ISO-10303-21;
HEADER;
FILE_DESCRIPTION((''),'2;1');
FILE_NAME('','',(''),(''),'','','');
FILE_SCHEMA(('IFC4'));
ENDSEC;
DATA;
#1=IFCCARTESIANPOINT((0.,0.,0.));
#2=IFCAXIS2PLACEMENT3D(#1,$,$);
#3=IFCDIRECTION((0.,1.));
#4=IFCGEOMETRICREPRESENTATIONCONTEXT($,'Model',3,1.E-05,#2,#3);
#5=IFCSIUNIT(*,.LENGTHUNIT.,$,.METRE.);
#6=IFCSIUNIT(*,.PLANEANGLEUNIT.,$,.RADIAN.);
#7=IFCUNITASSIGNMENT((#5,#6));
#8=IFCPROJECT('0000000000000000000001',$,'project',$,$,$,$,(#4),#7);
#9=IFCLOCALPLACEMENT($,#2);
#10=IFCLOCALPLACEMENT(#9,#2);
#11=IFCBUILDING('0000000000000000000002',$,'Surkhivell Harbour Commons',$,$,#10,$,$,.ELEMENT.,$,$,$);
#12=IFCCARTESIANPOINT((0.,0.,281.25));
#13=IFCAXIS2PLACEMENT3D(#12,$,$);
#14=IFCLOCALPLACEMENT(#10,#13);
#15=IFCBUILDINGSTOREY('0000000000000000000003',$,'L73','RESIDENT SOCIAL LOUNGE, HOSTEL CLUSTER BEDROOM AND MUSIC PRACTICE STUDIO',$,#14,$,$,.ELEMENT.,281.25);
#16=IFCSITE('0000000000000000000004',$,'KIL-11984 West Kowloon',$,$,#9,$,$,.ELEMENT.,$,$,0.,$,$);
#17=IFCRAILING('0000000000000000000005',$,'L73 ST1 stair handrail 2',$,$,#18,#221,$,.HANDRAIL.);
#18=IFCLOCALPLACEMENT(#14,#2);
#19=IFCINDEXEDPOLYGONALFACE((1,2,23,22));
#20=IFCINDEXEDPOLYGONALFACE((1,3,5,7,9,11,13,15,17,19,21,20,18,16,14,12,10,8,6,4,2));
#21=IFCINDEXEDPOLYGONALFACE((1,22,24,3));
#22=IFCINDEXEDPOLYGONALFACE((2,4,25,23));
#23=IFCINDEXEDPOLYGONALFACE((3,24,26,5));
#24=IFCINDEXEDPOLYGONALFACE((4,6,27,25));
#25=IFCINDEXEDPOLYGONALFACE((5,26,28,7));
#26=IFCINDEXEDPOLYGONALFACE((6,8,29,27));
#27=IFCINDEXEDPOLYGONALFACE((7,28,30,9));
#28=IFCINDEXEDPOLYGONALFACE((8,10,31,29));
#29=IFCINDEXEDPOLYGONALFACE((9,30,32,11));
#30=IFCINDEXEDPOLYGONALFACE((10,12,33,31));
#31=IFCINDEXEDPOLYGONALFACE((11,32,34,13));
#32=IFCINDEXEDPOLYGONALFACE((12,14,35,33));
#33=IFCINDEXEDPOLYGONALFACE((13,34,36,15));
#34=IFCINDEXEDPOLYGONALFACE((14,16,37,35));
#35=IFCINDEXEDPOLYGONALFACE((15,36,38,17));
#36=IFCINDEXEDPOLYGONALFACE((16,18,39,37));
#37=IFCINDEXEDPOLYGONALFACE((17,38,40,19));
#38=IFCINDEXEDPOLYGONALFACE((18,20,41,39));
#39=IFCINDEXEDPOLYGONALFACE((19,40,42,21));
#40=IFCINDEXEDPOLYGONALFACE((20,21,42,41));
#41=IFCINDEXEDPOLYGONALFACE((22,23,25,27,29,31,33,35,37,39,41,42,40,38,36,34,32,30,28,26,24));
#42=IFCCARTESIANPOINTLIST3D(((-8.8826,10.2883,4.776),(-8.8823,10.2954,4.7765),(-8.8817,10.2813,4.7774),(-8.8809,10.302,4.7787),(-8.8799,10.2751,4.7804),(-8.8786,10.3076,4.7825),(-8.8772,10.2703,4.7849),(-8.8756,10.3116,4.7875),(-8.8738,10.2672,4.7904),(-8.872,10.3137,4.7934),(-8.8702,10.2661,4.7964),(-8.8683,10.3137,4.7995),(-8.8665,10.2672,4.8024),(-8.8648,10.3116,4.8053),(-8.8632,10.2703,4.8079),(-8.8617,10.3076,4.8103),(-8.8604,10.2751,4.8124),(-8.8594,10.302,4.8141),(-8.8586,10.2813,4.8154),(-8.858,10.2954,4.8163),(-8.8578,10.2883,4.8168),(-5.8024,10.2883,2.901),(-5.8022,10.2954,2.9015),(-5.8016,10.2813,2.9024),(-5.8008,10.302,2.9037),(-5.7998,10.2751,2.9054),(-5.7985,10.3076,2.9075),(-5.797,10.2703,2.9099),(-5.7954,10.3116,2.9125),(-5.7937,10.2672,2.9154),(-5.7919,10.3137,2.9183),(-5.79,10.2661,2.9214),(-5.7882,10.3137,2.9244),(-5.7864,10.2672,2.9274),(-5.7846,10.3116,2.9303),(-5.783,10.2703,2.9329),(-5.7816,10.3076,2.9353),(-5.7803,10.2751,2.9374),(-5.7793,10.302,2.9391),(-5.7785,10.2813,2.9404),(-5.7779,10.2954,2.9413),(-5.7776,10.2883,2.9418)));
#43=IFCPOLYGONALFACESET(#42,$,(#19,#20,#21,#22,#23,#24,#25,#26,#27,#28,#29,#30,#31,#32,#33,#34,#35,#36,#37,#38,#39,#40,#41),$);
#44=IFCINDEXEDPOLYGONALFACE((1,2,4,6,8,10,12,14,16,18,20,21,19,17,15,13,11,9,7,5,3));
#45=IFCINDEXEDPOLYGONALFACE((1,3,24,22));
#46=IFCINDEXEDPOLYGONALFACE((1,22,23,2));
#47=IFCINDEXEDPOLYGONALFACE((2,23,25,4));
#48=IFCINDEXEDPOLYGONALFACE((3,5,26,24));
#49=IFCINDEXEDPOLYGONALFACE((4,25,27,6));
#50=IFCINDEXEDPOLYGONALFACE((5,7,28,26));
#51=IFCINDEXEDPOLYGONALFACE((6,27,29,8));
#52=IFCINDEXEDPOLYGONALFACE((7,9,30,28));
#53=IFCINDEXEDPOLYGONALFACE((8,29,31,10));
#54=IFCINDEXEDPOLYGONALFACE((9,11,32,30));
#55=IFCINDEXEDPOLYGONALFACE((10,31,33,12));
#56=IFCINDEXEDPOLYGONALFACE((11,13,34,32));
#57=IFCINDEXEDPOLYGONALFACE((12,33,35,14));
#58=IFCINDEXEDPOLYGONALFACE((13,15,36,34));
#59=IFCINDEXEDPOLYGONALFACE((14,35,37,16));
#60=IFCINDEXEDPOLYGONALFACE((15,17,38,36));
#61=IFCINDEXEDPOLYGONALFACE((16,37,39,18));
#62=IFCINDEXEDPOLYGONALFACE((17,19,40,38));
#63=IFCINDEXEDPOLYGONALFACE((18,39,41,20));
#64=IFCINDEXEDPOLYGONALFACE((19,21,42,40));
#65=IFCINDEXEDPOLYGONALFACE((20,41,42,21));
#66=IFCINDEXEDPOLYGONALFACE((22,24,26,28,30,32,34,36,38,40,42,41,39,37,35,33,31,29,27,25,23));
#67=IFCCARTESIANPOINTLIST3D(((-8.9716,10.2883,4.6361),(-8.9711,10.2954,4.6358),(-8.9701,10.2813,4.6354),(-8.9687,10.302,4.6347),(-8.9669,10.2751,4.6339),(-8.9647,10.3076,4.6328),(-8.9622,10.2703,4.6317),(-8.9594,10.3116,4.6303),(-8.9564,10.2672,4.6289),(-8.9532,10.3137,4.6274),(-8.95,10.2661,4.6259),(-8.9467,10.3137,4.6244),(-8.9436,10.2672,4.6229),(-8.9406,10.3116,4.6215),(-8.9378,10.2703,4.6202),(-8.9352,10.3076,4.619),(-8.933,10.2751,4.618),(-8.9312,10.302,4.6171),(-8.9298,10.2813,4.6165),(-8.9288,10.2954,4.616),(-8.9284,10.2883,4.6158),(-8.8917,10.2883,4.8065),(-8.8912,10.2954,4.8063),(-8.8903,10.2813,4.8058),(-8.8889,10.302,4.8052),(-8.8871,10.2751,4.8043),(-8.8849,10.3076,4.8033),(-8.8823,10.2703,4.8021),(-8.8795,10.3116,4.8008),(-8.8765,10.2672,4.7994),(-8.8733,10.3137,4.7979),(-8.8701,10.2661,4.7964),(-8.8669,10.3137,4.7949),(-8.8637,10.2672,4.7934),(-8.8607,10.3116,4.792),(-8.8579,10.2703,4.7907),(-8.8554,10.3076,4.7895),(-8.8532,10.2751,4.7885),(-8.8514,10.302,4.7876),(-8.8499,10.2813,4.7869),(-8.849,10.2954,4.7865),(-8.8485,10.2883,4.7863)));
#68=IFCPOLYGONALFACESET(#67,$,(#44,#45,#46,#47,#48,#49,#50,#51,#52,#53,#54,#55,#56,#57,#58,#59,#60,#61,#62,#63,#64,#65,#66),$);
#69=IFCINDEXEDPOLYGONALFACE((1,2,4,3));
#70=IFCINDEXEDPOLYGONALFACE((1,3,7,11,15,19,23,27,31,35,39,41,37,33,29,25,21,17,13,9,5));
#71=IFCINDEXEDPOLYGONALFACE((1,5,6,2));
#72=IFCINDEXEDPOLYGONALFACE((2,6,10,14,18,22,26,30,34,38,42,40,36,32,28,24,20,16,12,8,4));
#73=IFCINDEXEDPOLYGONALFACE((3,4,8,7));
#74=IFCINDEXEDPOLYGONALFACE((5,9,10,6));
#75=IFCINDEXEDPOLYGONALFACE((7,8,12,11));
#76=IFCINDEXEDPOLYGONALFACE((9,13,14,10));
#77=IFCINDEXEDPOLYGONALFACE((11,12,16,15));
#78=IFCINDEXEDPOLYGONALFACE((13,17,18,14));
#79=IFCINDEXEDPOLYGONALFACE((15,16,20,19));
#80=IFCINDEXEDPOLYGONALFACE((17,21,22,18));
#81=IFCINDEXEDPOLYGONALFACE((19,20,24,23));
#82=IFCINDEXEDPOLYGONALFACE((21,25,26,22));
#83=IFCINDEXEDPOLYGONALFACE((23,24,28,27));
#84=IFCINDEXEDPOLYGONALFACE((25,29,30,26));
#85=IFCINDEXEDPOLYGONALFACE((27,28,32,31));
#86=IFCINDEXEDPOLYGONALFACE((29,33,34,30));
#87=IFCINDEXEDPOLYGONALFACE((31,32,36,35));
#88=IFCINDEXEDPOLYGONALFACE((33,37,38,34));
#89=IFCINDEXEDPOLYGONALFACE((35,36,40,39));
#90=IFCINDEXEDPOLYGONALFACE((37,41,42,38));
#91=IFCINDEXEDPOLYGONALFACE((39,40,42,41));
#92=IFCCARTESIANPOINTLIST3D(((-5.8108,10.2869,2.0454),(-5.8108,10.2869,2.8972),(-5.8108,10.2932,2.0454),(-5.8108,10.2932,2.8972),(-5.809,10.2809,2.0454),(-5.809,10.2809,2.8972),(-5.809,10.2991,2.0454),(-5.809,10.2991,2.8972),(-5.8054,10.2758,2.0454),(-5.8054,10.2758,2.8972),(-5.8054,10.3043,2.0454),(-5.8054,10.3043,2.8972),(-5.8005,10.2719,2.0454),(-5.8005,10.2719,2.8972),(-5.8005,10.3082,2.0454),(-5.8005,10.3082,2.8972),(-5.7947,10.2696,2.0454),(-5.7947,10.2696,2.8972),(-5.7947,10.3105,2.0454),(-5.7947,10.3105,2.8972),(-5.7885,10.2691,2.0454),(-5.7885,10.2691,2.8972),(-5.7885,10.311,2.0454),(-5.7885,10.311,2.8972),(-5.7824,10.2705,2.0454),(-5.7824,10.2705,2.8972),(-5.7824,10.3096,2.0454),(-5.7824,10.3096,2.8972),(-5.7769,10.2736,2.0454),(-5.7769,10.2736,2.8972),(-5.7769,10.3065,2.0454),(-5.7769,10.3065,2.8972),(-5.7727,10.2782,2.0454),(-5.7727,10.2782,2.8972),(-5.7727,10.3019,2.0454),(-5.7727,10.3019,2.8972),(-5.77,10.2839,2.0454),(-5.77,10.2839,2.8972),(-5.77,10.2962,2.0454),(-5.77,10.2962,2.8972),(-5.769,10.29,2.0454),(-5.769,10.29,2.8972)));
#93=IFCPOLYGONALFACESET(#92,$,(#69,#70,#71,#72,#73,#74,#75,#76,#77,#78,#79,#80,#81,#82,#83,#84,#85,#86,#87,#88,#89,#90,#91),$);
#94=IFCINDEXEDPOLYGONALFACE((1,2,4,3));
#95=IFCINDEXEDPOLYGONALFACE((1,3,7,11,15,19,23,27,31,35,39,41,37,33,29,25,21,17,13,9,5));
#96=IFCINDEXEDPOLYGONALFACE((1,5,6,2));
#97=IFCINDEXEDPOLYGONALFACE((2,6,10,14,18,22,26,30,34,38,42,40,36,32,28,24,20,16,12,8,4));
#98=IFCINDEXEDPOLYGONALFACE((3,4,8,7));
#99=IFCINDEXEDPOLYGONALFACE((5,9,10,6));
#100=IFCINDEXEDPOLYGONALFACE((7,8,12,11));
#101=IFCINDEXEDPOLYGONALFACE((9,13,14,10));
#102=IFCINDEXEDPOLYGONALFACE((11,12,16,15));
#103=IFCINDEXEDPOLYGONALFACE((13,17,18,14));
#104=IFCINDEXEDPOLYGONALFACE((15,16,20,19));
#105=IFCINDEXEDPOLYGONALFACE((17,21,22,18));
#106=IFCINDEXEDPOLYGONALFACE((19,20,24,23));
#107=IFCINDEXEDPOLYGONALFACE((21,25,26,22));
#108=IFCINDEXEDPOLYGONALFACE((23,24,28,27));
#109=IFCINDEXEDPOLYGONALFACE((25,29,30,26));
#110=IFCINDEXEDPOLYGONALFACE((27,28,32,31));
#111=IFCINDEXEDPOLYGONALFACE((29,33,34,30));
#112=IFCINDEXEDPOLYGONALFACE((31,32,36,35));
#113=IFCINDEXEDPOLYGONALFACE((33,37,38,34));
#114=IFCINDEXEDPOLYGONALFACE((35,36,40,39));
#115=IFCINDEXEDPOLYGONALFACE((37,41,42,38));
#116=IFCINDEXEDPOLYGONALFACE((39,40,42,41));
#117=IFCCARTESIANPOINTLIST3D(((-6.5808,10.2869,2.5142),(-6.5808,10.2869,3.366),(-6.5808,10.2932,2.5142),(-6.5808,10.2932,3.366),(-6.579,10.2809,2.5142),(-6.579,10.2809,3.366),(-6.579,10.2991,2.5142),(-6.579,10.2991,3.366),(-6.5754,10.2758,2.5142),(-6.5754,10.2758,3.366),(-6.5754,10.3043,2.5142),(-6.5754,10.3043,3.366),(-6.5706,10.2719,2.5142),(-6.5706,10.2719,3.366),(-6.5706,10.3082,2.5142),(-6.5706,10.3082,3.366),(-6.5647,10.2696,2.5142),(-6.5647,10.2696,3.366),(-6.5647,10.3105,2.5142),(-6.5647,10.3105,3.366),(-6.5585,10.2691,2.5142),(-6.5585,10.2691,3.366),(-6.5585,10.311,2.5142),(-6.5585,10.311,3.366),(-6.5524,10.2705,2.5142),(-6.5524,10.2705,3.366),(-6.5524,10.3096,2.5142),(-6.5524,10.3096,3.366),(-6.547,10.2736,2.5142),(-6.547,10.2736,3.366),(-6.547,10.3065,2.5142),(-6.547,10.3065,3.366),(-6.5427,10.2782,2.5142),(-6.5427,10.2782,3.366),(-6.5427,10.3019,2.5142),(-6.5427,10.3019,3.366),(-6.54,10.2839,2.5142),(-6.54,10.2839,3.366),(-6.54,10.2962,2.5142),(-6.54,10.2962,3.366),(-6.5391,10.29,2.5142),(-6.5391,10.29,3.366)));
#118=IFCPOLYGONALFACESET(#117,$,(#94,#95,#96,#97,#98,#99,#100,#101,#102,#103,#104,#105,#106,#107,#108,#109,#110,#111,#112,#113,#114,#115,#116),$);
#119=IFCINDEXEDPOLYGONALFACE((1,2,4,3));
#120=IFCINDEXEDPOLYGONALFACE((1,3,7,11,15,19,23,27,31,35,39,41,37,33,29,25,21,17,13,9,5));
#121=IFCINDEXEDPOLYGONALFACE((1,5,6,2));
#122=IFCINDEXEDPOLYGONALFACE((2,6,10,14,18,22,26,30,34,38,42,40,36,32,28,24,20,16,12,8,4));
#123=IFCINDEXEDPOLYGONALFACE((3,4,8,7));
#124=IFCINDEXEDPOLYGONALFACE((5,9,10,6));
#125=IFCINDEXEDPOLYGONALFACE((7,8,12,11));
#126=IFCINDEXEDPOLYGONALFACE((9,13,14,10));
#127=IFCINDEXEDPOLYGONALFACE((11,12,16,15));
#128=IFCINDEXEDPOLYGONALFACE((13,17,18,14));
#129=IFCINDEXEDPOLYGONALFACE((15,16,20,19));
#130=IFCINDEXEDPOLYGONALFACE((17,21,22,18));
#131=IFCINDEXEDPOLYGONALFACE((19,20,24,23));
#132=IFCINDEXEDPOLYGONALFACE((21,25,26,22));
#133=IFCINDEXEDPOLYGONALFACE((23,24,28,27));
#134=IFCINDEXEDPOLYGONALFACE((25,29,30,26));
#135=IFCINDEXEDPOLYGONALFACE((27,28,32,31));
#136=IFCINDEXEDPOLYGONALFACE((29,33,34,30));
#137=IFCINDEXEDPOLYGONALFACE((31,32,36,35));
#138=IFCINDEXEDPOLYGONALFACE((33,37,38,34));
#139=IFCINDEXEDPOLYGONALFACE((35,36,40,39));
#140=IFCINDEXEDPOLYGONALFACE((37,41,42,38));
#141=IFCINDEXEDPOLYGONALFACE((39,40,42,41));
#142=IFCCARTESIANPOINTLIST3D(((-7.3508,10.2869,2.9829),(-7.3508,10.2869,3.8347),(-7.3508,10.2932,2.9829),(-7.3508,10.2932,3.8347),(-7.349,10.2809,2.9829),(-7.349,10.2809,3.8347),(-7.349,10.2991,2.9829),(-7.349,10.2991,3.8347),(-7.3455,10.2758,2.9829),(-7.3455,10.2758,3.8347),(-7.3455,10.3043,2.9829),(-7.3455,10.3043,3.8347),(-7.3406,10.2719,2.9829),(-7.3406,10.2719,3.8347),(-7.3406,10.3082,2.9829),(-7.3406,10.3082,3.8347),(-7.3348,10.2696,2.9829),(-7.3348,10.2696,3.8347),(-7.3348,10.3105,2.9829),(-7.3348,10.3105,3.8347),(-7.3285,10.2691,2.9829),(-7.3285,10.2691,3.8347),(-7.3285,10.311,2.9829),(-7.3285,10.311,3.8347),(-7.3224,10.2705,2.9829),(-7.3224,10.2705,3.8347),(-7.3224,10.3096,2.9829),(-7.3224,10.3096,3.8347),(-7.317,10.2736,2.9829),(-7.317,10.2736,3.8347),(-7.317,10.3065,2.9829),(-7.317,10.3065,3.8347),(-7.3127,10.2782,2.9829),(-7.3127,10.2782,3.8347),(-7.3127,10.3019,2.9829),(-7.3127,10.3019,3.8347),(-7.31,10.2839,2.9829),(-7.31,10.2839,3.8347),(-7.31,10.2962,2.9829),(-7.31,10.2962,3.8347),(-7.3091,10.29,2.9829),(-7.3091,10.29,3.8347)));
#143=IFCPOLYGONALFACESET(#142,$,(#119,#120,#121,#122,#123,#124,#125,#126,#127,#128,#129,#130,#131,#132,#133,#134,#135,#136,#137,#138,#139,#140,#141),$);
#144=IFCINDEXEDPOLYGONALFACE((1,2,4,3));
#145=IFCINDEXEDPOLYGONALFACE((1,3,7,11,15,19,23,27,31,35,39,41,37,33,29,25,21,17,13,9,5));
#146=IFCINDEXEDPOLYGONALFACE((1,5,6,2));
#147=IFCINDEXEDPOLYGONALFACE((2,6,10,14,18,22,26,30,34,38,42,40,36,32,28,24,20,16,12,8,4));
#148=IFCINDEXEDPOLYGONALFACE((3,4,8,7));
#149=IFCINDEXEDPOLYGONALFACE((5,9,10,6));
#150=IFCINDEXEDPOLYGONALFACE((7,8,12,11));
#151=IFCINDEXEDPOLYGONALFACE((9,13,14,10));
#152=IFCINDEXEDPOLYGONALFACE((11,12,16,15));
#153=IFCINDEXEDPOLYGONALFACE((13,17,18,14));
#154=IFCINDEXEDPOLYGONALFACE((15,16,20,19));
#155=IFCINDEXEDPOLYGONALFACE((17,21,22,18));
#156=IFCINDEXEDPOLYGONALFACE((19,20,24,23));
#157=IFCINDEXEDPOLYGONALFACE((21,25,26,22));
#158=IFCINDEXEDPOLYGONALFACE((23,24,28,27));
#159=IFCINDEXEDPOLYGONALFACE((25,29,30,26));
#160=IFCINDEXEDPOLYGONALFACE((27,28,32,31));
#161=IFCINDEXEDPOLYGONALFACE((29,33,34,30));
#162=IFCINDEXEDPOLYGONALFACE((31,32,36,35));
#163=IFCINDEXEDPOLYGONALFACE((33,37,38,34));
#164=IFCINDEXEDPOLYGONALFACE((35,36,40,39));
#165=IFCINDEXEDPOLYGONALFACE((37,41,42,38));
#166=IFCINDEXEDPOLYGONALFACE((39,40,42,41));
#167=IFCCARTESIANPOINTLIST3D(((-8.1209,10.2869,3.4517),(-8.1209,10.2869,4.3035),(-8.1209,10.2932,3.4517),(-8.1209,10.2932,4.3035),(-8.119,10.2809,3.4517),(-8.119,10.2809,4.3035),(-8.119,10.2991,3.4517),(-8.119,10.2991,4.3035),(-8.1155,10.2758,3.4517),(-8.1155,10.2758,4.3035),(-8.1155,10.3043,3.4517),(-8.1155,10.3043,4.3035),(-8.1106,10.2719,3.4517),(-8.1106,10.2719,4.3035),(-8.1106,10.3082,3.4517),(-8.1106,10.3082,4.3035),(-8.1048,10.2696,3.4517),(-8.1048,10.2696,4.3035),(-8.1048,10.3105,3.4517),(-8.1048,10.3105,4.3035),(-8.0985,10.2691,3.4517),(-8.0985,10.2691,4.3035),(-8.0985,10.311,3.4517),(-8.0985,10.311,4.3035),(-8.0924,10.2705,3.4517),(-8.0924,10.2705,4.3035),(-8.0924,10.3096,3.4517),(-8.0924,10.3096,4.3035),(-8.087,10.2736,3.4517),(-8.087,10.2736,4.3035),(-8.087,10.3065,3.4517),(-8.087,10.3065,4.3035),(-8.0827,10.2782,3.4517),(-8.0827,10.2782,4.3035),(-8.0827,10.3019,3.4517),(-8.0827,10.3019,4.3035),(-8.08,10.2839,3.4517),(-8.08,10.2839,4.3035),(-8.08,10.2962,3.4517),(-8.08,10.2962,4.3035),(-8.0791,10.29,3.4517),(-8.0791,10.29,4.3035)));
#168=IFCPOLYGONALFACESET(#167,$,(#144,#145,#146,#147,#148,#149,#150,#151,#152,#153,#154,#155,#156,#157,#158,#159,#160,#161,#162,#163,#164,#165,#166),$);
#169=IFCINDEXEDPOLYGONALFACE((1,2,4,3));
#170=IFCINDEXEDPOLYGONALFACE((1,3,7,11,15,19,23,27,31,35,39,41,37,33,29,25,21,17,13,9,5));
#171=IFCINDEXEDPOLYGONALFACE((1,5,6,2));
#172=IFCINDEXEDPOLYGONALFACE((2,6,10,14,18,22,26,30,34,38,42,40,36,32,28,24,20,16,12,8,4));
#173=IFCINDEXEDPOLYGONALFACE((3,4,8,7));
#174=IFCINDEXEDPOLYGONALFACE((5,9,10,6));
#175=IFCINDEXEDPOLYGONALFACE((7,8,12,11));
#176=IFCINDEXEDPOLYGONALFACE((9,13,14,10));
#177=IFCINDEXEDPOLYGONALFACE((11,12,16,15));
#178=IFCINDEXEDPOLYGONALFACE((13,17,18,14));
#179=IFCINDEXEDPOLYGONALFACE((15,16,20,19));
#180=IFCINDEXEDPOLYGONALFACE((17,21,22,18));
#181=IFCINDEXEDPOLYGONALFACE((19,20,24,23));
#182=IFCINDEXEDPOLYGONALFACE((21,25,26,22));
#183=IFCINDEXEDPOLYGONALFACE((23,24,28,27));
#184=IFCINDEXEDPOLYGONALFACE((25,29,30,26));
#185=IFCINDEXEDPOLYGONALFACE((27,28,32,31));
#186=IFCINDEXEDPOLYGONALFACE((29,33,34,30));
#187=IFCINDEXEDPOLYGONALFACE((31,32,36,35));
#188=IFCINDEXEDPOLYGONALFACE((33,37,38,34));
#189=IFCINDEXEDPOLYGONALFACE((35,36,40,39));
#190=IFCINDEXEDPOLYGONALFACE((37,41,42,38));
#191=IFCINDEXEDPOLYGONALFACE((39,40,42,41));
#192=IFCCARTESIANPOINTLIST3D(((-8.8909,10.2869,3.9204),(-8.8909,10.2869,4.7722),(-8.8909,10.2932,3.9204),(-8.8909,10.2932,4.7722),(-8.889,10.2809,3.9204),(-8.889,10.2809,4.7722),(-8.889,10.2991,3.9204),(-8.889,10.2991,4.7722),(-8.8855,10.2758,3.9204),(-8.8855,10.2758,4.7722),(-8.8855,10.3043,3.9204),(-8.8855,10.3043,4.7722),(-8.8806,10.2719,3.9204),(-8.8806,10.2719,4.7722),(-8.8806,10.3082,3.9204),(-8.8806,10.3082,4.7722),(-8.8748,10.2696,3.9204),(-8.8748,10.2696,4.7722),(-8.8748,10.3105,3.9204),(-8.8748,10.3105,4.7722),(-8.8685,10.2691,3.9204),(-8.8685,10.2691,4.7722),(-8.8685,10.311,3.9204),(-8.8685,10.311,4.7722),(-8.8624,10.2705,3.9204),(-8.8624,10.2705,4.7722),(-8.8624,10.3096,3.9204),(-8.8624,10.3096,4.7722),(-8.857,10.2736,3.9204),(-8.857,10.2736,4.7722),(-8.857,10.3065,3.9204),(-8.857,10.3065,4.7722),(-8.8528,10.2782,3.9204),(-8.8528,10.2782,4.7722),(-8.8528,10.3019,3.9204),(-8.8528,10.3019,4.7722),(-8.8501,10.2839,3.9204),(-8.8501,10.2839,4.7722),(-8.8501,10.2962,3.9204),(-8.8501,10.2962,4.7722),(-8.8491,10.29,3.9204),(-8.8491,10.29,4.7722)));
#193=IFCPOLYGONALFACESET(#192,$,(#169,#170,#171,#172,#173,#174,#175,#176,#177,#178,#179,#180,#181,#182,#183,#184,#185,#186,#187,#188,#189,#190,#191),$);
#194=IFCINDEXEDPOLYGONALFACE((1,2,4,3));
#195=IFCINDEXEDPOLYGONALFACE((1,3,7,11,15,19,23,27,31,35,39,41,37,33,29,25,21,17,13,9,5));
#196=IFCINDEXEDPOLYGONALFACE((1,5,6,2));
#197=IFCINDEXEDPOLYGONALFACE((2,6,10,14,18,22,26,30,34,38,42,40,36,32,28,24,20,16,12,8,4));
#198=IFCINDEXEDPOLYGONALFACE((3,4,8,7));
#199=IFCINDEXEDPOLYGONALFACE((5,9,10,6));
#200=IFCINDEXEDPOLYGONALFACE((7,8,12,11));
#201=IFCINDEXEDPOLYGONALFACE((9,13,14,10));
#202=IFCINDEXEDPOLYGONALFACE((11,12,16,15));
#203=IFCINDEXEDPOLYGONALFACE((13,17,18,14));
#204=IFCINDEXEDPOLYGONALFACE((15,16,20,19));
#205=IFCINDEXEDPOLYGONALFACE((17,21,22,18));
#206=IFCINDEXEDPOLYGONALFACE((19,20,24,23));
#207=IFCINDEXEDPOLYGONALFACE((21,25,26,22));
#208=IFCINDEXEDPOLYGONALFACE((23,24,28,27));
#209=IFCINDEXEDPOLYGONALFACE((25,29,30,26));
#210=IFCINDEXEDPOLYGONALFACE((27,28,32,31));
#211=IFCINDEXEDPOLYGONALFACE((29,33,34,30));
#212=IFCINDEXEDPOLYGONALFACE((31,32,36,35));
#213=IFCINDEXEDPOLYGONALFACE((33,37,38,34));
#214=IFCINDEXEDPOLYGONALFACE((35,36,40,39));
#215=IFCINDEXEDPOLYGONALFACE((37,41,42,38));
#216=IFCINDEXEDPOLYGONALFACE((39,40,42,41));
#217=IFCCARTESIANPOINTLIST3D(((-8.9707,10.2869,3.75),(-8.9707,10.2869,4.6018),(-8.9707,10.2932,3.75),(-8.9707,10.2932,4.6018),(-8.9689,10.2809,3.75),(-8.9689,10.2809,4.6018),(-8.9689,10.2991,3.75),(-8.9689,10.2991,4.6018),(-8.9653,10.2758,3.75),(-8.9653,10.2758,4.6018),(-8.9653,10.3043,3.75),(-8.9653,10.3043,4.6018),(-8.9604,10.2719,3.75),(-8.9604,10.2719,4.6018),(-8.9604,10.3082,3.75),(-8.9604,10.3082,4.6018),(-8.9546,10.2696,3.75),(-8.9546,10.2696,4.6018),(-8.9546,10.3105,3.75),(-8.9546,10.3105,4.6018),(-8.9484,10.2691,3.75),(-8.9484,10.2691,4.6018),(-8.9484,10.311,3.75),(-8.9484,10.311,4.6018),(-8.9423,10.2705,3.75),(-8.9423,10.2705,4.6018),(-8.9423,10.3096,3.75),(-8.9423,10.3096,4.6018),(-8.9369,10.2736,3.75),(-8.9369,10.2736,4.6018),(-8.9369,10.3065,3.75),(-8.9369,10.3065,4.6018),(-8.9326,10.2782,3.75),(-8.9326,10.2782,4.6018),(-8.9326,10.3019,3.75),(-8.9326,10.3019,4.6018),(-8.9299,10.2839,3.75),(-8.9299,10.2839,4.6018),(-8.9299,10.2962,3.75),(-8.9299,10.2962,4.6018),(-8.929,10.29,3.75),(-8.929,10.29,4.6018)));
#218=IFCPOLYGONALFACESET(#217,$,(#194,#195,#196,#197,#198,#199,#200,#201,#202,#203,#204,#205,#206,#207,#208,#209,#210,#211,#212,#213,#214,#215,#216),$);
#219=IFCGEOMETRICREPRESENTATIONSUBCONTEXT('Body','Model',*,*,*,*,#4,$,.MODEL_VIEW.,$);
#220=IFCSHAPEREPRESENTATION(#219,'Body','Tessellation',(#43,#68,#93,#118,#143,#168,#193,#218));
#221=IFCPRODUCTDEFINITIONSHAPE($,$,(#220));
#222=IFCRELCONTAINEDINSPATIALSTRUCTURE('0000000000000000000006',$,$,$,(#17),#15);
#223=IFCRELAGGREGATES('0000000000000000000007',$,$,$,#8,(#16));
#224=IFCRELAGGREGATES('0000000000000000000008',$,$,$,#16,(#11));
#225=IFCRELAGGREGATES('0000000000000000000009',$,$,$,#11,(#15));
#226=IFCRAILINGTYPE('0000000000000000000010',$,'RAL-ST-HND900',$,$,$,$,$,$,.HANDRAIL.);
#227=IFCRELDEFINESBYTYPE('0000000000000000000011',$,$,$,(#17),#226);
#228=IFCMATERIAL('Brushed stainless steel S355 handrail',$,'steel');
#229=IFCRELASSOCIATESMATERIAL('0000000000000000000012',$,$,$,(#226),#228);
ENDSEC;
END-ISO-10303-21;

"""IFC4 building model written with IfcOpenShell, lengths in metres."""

from ifc_helpers import new_model, si_unit, direction, frame, origin, origin_2d, place, context, subcontext, project, spatial, circle, extrude, material, type_object, element, save


model = new_model("IFC4")

# Units and contexts
model_context = context("Model", 3, precision=1e-05, world=origin(), true_north=direction((0.0, 1.0)))
body_context = subcontext(model_context, "Body", "Model", "MODEL_VIEW")
ifc_project = project(units=[si_unit("LENGTHUNIT", "METRE"), si_unit("PLANEANGLEUNIT", "RADIAN")], contexts=[model_context])

# Site, building, storey
site_placement = place(None, origin())
site = spatial("IfcSite", under=ifc_project, at=site_placement, Name="KIL-11984 West Kowloon", CompositionType="ELEMENT", RefElevation=0.0)
building_placement = place(site_placement, origin())
building = spatial("IfcBuilding", under=site, at=building_placement, Name="Surkhivell Harbour Commons", CompositionType="ELEMENT")
storey_placement = place(building_placement, frame((0.0, 0.0, 281.25)))
storey = spatial("IfcBuildingStorey", under=building, at=storey_placement, Name="L73", Description="RESIDENT SOCIAL LOUNGE, HOSTEL CLUSTER BEDROOM AND MUSIC PRACTICE STUDIO", CompositionType="ELEMENT", Elevation=281.25)

# Railing
ifc_material_1 = material(Name="Brushed stainless steel S355 handrail", Category="steel")
railing_type_1 = type_object("IfcRailingType", Name="RAL-ST-HND900", PredefinedType="HANDRAIL", material=ifc_material_1)
railing_1_placement = place(storey_placement, frame((-5.79, 10.29, 2.0454)))
element("IfcRailing", 1, at=railing_1_placement, inside=storey, type_object=railing_type_1, Name="L73 ST1 stair handrail 2", PredefinedType="HANDRAIL", context=body_context, shape_type="SweptSolid", body=[
    extrude(circle(Radius=0.0239, at=origin_2d()), frame((0.0, 0.0, 0.876), z_axis=(-0.854178, 0.0, 0.519981), x_axis=(0.0, -1.0, 0.0)), (0.0, 0.0, 1.0), 3.606),
    extrude(circle(Radius=0.0239, at=origin_2d()), frame((-3.0801, 0.0, 2.751), z_axis=(-0.424234, 0.0, -0.905552), x_axis=(0.0, -1.0, 0.0)), (0.0, 0.0, 1.0), 0.1882),
    extrude(circle(Radius=0.021, at=origin_2d()), origin(), (0.0, 0.0, 1.0), 0.8518),
    extrude(circle(Radius=0.021, at=origin_2d()), frame((-0.77, 0.0, 0.4688)), (0.0, 0.0, 1.0), 0.8518),
    extrude(circle(Radius=0.021, at=origin_2d()), frame((-1.54, 0.0, 0.9375)), (0.0, 0.0, 1.0), 0.8518),
    extrude(circle(Radius=0.021, at=origin_2d()), frame((-2.3101, 0.0, 1.4062)), (0.0, 0.0, 1.0), 0.8518),
    extrude(circle(Radius=0.021, at=origin_2d()), frame((-3.0801, 0.0, 1.875)), (0.0, 0.0, 1.0), 0.8518),
    extrude(circle(Radius=0.021, at=origin_2d()), frame((-3.1599, 0.0, 1.7046)), (0.0, 0.0, 1.0), 0.8518),
])

save(model, "model.ifc")
